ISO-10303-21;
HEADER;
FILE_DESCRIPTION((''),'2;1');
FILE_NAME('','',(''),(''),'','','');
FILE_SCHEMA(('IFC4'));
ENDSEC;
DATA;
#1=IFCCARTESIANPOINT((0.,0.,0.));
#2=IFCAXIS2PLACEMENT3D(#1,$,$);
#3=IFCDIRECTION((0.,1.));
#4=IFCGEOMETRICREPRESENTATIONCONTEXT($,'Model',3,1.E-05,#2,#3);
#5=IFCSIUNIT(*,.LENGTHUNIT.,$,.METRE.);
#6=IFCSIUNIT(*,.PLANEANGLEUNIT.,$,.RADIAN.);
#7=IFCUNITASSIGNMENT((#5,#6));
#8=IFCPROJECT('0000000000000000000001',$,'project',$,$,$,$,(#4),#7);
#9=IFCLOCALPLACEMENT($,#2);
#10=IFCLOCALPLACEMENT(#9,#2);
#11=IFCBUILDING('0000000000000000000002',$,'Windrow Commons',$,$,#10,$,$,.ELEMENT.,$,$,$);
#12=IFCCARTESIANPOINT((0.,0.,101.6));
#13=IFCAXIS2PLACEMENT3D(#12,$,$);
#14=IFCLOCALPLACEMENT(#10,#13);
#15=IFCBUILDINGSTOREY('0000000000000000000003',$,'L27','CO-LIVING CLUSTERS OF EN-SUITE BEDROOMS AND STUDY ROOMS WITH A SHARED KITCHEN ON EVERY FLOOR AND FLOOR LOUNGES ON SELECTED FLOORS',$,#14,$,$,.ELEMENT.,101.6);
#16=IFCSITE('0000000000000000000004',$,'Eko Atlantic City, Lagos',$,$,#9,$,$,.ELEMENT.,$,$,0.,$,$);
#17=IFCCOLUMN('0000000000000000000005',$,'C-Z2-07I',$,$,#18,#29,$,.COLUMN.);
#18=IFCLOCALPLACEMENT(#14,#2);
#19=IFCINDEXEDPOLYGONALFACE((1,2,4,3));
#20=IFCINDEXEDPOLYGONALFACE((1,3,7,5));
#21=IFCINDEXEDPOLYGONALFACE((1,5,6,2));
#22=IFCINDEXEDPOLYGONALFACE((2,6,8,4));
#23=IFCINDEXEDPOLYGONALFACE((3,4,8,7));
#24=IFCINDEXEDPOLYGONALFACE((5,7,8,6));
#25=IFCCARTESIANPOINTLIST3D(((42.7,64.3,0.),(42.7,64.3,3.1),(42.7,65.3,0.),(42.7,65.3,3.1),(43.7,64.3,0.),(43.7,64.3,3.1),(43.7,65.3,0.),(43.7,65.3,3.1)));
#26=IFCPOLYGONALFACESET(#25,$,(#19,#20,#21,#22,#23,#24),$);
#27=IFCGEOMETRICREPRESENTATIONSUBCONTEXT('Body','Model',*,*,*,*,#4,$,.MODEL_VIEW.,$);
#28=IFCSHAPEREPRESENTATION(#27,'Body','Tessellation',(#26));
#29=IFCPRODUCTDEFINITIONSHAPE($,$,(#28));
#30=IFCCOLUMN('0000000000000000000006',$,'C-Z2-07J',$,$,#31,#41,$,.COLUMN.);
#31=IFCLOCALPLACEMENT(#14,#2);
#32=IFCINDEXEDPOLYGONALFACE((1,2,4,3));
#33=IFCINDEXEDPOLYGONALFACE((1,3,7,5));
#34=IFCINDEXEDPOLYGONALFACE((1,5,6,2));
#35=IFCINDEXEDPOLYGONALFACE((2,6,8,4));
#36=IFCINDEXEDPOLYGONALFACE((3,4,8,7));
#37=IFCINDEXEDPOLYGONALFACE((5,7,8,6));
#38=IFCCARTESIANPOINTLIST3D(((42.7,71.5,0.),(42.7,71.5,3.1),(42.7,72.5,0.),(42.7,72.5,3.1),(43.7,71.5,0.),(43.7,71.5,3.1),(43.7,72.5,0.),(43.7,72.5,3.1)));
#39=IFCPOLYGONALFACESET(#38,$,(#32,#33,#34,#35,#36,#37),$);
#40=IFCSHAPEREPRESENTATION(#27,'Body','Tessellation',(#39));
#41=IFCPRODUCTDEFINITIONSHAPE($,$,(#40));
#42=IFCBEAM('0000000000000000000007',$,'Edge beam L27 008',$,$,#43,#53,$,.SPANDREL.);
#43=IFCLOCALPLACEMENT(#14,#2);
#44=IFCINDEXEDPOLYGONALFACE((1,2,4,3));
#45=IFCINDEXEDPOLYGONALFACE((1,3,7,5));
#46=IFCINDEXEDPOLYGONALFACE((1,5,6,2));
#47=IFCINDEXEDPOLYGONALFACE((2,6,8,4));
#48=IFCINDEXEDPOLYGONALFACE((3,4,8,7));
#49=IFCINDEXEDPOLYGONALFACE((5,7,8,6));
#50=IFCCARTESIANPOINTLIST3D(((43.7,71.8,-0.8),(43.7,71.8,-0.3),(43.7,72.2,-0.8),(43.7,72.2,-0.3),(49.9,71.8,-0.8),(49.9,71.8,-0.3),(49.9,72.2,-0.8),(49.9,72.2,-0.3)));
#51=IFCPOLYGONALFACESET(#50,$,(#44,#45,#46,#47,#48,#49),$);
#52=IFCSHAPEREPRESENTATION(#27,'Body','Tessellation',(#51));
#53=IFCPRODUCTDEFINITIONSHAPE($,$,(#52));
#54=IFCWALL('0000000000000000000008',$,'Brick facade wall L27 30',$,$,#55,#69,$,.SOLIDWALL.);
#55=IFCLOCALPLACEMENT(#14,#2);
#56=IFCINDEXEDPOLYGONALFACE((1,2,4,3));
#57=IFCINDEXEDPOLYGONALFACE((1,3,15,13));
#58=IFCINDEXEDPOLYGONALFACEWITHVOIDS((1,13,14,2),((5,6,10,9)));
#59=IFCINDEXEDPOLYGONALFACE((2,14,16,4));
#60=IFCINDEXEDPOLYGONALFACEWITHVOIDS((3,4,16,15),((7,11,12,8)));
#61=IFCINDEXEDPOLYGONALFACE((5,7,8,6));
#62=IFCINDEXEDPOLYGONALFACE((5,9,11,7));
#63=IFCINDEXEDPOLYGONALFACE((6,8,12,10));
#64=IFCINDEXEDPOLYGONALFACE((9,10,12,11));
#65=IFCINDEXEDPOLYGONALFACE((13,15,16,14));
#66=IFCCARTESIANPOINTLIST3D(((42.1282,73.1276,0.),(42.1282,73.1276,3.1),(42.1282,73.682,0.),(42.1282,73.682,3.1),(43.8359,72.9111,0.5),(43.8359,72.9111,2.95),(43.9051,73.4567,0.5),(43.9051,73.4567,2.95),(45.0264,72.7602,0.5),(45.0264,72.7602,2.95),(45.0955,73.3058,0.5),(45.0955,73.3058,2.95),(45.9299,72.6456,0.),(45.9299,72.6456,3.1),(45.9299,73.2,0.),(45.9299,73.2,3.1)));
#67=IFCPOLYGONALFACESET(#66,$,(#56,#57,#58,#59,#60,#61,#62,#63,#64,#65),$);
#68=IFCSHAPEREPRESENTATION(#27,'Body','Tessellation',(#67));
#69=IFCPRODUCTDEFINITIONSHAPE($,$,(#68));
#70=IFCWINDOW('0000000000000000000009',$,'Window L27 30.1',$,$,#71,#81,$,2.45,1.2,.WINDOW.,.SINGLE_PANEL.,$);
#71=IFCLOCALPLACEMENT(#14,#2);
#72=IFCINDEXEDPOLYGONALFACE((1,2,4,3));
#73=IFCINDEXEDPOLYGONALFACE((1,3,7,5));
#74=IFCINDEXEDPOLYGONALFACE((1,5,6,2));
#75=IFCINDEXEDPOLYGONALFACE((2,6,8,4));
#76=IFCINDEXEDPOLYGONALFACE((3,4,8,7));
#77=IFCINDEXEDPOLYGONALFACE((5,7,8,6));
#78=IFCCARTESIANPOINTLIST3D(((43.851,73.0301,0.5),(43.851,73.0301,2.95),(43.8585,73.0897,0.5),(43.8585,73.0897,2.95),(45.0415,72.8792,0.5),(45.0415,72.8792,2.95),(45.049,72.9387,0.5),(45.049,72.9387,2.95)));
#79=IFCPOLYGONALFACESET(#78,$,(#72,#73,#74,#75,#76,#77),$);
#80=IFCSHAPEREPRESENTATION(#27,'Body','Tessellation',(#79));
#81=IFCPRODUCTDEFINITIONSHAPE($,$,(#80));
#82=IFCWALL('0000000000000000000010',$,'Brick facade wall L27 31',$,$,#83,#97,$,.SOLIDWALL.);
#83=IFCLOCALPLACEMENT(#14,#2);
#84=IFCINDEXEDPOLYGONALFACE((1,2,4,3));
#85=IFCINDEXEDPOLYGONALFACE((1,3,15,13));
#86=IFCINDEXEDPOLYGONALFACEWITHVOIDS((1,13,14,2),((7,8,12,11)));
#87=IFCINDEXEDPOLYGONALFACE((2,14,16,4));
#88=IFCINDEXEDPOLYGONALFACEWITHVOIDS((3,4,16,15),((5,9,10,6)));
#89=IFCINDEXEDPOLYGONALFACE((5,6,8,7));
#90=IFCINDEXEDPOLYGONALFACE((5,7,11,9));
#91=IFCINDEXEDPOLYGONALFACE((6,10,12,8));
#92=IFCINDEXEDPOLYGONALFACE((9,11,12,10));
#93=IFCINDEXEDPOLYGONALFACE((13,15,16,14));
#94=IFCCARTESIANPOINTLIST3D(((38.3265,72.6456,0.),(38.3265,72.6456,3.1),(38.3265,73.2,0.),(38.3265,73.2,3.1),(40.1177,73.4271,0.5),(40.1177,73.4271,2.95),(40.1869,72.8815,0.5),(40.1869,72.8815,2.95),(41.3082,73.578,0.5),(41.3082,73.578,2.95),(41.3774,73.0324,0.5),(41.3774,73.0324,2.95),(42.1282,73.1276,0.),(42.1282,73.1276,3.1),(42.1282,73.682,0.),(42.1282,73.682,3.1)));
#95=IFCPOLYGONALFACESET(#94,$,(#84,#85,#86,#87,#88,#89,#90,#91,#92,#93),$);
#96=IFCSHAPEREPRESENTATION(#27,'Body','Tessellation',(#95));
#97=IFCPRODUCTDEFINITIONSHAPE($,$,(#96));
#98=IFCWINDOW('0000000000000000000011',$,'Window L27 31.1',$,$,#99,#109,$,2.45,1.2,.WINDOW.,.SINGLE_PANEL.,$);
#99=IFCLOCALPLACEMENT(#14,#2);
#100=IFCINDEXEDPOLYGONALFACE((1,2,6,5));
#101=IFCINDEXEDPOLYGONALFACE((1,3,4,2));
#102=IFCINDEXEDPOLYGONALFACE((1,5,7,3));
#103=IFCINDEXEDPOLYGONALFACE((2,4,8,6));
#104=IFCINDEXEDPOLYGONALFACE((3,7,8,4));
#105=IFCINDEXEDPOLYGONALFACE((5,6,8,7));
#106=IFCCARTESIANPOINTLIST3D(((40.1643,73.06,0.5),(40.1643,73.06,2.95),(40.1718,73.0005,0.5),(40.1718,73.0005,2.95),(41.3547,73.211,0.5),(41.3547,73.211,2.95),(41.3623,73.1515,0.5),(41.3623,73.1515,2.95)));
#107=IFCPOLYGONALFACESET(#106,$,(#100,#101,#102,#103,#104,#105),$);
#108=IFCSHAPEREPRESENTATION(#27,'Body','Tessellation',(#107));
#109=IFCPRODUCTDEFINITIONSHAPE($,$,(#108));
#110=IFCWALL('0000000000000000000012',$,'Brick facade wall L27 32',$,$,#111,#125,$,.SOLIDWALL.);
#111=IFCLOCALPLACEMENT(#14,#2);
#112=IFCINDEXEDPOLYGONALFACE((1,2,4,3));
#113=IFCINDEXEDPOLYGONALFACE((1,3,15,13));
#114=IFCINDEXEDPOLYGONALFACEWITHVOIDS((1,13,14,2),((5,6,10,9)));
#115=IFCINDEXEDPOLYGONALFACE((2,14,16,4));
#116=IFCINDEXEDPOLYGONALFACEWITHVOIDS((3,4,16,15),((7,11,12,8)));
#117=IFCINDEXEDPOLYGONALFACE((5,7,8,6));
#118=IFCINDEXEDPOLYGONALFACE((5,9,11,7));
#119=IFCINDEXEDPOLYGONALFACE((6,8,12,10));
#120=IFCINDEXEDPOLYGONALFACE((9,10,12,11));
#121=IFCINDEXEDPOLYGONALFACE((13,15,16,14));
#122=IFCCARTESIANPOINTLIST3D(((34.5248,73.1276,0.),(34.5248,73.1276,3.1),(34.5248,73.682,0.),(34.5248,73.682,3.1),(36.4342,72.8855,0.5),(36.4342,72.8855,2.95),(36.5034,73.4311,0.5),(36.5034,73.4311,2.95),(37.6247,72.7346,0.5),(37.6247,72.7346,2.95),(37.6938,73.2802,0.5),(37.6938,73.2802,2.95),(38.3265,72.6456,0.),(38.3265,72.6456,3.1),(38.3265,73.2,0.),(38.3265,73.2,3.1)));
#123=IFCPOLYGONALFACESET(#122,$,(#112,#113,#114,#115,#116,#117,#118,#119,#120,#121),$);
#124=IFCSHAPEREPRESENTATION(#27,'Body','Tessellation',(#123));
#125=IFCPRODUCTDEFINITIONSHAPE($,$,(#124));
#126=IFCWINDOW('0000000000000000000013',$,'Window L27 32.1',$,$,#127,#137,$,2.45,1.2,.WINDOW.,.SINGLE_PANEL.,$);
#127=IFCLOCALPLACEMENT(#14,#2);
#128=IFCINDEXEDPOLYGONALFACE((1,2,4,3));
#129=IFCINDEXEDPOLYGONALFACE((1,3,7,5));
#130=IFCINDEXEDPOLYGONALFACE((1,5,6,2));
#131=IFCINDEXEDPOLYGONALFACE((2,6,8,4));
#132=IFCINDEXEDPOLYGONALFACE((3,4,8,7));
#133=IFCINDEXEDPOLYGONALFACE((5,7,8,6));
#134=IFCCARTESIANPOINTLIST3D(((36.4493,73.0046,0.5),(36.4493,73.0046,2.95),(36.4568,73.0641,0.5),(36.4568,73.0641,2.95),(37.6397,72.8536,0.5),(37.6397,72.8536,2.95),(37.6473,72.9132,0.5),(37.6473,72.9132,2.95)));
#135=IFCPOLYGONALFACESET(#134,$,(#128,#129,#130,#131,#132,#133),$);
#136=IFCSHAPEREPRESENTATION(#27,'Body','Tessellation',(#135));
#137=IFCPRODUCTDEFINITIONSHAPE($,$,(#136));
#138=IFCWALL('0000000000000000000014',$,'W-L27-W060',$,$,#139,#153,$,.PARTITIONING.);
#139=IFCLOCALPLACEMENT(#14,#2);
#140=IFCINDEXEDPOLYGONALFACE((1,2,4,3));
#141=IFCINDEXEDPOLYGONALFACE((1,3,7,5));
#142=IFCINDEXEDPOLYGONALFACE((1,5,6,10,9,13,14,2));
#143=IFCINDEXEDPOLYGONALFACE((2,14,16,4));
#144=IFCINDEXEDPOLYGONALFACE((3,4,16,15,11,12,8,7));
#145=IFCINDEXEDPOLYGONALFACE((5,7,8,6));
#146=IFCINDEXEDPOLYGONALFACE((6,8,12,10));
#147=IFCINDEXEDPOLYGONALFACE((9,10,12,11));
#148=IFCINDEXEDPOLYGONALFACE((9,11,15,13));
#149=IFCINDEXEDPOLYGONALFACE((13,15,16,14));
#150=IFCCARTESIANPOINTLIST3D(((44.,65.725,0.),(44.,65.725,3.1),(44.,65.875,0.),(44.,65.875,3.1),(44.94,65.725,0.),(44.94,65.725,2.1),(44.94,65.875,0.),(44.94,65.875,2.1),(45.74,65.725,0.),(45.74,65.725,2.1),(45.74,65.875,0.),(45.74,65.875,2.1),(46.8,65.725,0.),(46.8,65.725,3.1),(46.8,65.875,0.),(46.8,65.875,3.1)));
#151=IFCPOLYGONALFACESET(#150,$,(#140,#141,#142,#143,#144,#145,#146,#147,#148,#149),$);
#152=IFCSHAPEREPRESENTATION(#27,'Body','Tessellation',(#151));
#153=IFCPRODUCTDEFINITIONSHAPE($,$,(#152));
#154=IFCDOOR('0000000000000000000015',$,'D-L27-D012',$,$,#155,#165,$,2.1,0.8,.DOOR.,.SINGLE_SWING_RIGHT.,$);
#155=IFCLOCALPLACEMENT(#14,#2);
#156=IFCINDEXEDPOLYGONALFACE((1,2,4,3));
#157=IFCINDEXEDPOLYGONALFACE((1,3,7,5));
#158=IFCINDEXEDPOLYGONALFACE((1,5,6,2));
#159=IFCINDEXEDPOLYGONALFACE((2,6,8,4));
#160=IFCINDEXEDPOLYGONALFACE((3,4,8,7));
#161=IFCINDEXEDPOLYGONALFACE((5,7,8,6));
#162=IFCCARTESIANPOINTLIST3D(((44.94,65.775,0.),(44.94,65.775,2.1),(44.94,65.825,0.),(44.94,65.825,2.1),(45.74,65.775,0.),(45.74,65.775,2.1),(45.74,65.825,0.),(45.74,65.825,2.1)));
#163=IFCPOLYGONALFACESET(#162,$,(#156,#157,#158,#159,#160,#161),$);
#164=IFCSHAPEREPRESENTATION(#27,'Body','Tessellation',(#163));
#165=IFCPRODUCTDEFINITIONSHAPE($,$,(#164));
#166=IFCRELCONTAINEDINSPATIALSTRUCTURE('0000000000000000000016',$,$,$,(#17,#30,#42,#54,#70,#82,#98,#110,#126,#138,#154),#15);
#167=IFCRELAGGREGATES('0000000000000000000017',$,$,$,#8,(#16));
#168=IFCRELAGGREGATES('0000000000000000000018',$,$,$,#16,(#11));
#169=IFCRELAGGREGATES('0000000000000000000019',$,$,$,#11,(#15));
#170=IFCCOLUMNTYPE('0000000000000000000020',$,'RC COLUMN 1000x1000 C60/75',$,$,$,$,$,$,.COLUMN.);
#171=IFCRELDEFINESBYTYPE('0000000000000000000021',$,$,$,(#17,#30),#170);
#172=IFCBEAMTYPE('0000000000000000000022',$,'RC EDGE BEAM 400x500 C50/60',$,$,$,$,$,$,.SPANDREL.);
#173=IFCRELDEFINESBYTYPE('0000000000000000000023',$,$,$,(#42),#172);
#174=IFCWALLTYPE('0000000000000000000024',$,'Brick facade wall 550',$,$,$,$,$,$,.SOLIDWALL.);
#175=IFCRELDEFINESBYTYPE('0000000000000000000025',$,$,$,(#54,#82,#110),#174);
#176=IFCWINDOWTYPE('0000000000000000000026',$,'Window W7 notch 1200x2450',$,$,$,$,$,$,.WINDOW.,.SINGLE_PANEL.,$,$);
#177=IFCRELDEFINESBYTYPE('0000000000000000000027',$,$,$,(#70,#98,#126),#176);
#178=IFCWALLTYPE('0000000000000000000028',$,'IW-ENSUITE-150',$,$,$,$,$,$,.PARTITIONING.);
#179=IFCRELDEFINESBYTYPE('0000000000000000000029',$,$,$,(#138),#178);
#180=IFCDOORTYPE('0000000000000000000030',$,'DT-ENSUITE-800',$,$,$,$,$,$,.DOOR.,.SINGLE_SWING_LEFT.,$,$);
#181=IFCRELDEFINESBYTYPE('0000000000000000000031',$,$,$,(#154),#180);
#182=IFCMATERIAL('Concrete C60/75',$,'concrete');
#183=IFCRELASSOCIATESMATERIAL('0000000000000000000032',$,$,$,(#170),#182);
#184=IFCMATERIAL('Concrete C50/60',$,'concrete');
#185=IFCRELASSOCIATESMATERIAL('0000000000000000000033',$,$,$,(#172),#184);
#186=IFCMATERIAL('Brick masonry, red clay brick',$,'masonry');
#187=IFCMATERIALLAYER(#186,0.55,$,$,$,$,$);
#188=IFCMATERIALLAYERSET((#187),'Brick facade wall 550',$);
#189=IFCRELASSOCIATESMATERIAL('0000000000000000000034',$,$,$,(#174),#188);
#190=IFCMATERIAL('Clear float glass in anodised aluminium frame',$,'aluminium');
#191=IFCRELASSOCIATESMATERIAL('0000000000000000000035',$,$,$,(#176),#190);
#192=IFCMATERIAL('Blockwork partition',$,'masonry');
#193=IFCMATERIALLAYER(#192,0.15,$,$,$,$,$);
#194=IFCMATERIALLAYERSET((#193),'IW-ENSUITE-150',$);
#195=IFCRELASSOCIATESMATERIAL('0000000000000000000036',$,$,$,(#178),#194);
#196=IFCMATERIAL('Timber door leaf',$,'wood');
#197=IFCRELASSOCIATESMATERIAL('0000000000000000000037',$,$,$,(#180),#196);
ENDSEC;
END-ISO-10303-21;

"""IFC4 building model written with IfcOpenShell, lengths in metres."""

from ifc_helpers import new_model, si_unit, direction, frame, frame_2d, origin, origin_2d, place, context, subcontext, project, spatial, polyline, rectangle, outline, extrude, material, layer, layer_set, material_profile, profile_set, type_object, element, fill, save


model = new_model("IFC4")

# Units and contexts
model_context = context("Model", 3, precision=1e-05, world=origin(), true_north=direction((0.0, 1.0)))
body_context = subcontext(model_context, "Body", "Model", "MODEL_VIEW")
ifc_project = project(units=[si_unit("LENGTHUNIT", "METRE"), si_unit("PLANEANGLEUNIT", "RADIAN")], contexts=[model_context])

# Site, building, storey
site_placement = place(None, origin())
site = spatial("IfcSite", under=ifc_project, at=site_placement, Name="Eko Atlantic City, Lagos", CompositionType="ELEMENT", RefElevation=0.0)
building_placement = place(site_placement, origin())
building = spatial("IfcBuilding", under=site, at=building_placement, Name="Windrow Commons", CompositionType="ELEMENT")
storey_placement = place(building_placement, frame((0.0, 0.0, 101.6)))
storey = spatial("IfcBuildingStorey", under=building, at=storey_placement, Name="L27", Description="CO-LIVING CLUSTERS OF EN-SUITE BEDROOMS AND STUDY ROOMS WITH A SHARED KITCHEN ON EVERY FLOOR AND FLOOR LOUNGES ON SELECTED FLOORS", CompositionType="ELEMENT", Elevation=101.6)

# Columns
ifc_material_1 = material(Name="Concrete C60/75", Category="concrete")
ifc_material_profile_1 = material_profile(ifc_material_1, rectangle(XDim=1.0, YDim=1.0, at=origin_2d()))
ifc_profile_set_1 = profile_set([ifc_material_profile_1], Name="Concrete C60/75")
column_type = type_object("IfcColumnType", Name="RC COLUMN 1000x1000 C60/75", PredefinedType="COLUMN", material=ifc_profile_set_1)
for number, where, z_axis, x_axis, name in (
    (1, (43.2, 64.8, 0.0), (0.0, 0.0, 1.0), (1.0, 0.0, 0.0), "C-Z2-07I"),
    (2, (43.2, 72.0, 0.0), (0.0, 0.0, 1.0), (1.0, 0.0, 0.0), "C-Z2-07J"),
):
    element("IfcColumn", number, at=place(storey_placement, frame(where, z_axis=z_axis, x_axis=x_axis)), inside=storey, type_object=column_type, Name=name, PredefinedType="COLUMN", context=body_context, shape_type="SweptSolid", body=[
        extrude(rectangle(XDim=1.0, YDim=1.0, at=origin_2d()), origin(), (0.0, 0.0, 1.0), 3.1),
    ])

# Beam
ifc_material_2 = material(Name="Concrete C50/60", Category="concrete")
ifc_material_profile_2 = material_profile(ifc_material_2, rectangle(XDim=0.4, YDim=0.5, at=origin_2d()))
ifc_profile_set_2 = profile_set([ifc_material_profile_2], Name="Concrete C50/60")
beam_type = type_object("IfcBeamType", Name="RC EDGE BEAM 400x500 C50/60", PredefinedType="SPANDREL", material=ifc_profile_set_2)
beam_placement = place(storey_placement, frame((43.7, 72.0, -0.55), z_axis=(1.0, 0.0, 0.0), x_axis=(0.0, 1.0, 0.0)))
element("IfcBeam", 3, at=beam_placement, inside=storey, type_object=beam_type, Name="Edge beam L27 008", PredefinedType="SPANDREL", context=body_context, shape_type="SweptSolid", body=[
    extrude(rectangle(XDim=0.4, YDim=0.5, at=origin_2d()), origin(), (0.0, 0.0, 1.0), 6.2),
])

# Walls, openings, windows
ifc_material_3 = material(Name="Brick masonry, red clay brick", Category="masonry")
ifc_layer_1 = layer(ifc_material_3, 0.55)
ifc_layer_set_1 = layer_set([ifc_layer_1], Name="Brick facade wall 550")
wall_type_1 = type_object("IfcWallType", Name="Brick facade wall 550", PredefinedType="SOLIDWALL", material=ifc_layer_set_1)
wall_1_placement = place(storey_placement, frame((45.9299, 72.9228, 0.0), z_axis=(0.0, 0.0, 1.0), x_axis=(-0.992058, 0.125779, 0.0)))
wall_1 = element("IfcWall", 4, at=wall_1_placement, inside=storey, type_object=wall_type_1, Name="Brick facade wall L27 30", PredefinedType="SOLIDWALL", context=body_context, shape_type="SweptSolid", body=[
    extrude(outline(polyline([(0.0349, -0.275), (3.867, -0.275), (3.7973, 0.275), (-0.0349, 0.275), (0.0349, -0.275)])), origin(), (0.0, 0.0, 1.0), 3.1),
])
opening_1_placement = place(wall_1_placement, frame((0.8759, 0.0, 0.5)))
opening_1 = element("IfcOpeningElement", 5, at=opening_1_placement, cuts=wall_1, PredefinedType="OPENING", context=body_context, shape_type="SweptSolid", body=[
    extrude(rectangle(XDim=1.2, YDim=2.45, at=frame_2d((0.6, 1.225))), frame((0.0, 0.285, 0.0), z_axis=(0.0, -1.0, 0.0), x_axis=(1.0, 0.0, 0.0)), (0.0, 0.0, 1.0), 0.57),
])
ifc_material_4 = material(Name="Clear float glass in anodised aluminium frame", Category="aluminium")
window_type = type_object("IfcWindowType", Name="Window W7 notch 1200x2450", PartitioningType="SINGLE_PANEL", PredefinedType="WINDOW", material=ifc_material_4)
window_1_placement = place(opening_1_placement, origin())
window_1 = element("IfcWindow", 6, at=window_1_placement, inside=storey, type_object=window_type, Name="Window L27 30.1", OverallHeight=2.45, OverallWidth=1.2, PartitioningType="SINGLE_PANEL", PredefinedType="WINDOW", context=body_context, shape_type="SweptSolid", body=[
    extrude(rectangle(XDim=1.2, YDim=2.45, at=frame_2d((0.6, 1.225))), frame((0.0, 0.155, 0.0), z_axis=(0.0, -1.0, 0.0), x_axis=(1.0, 0.0, 0.0)), (0.0, 0.0, 1.0), 0.06),
])
fill(opening_1, window_1)
wall_2_placement = place(storey_placement, frame((42.1282, 73.4048, 0.0), z_axis=(0.0, 0.0, 1.0), x_axis=(-0.992058, -0.125779, 0.0)))
wall_2 = element("IfcWall", 7, at=wall_2_placement, inside=storey, type_object=wall_type_1, Name="Brick facade wall L27 31", PredefinedType="SOLIDWALL", context=body_context, shape_type="SweptSolid", body=[
    extrude(outline(polyline([(-0.0349, -0.275), (3.7973, -0.275), (3.867, 0.275), (0.0349, 0.275), (-0.0349, -0.275)])), origin(), (0.0, 0.0, 1.0), 3.1),
])
opening_2_placement = place(wall_2_placement, frame((0.7917, 0.0, 0.5)))
opening_2 = element("IfcOpeningElement", 8, at=opening_2_placement, cuts=wall_2, PredefinedType="OPENING", context=body_context, shape_type="SweptSolid", body=[
    extrude(rectangle(XDim=1.2, YDim=2.45, at=frame_2d((0.6, 1.225))), frame((0.0, 0.285, 0.0), z_axis=(0.0, -1.0, 0.0), x_axis=(1.0, 0.0, 0.0)), (0.0, 0.0, 1.0), 0.57),
])
window_2_placement = place(opening_2_placement, origin())
window_2 = element("IfcWindow", 9, at=window_2_placement, inside=storey, type_object=window_type, Name="Window L27 31.1", OverallHeight=2.45, OverallWidth=1.2, PartitioningType="SINGLE_PANEL", PredefinedType="WINDOW", context=body_context, shape_type="SweptSolid", body=[
    extrude(rectangle(XDim=1.2, YDim=2.45, at=frame_2d((0.6, 1.225))), frame((0.0, 0.155, 0.0), z_axis=(0.0, -1.0, 0.0), x_axis=(1.0, 0.0, 0.0)), (0.0, 0.0, 1.0), 0.06),
])
fill(opening_2, window_2)
wall_3_placement = place(storey_placement, frame((38.3265, 72.9228, 0.0), z_axis=(0.0, 0.0, 1.0), x_axis=(-0.992058, 0.125779, 0.0)))
wall_3 = element("IfcWall", 10, at=wall_3_placement, inside=storey, type_object=wall_type_1, Name="Brick facade wall L27 32", PredefinedType="SOLIDWALL", context=body_context, shape_type="SweptSolid", body=[
    extrude(outline(polyline([(0.0349, -0.275), (3.867, -0.275), (3.7973, 0.275), (-0.0349, 0.275), (0.0349, -0.275)])), origin(), (0.0, 0.0, 1.0), 3.1),
])
opening_3_placement = place(wall_3_placement, frame((0.6726, 0.0, 0.5)))
opening_3 = element("IfcOpeningElement", 11, at=opening_3_placement, cuts=wall_3, PredefinedType="OPENING", context=body_context, shape_type="SweptSolid", body=[
    extrude(rectangle(XDim=1.2, YDim=2.45, at=frame_2d((0.6, 1.225))), frame((0.0, 0.285, 0.0), z_axis=(0.0, -1.0, 0.0), x_axis=(1.0, 0.0, 0.0)), (0.0, 0.0, 1.0), 0.57),
])
window_3_placement = place(opening_3_placement, origin())
window_3 = element("IfcWindow", 12, at=window_3_placement, inside=storey, type_object=window_type, Name="Window L27 32.1", OverallHeight=2.45, OverallWidth=1.2, PartitioningType="SINGLE_PANEL", PredefinedType="WINDOW", context=body_context, shape_type="SweptSolid", body=[
    extrude(rectangle(XDim=1.2, YDim=2.45, at=frame_2d((0.6, 1.225))), frame((0.0, 0.155, 0.0), z_axis=(0.0, -1.0, 0.0), x_axis=(1.0, 0.0, 0.0)), (0.0, 0.0, 1.0), 0.06),
])
fill(opening_3, window_3)

# Wall, opening, door
ifc_material_5 = material(Name="Blockwork partition", Category="masonry")
ifc_layer_2 = layer(ifc_material_5, 0.15)
ifc_layer_set_2 = layer_set([ifc_layer_2], Name="IW-ENSUITE-150")
wall_type_2 = type_object("IfcWallType", Name="IW-ENSUITE-150", PredefinedType="PARTITIONING", material=ifc_layer_set_2)
wall_4_placement = place(storey_placement, frame((44.0, 65.8, 0.0), z_axis=(0.0, 0.0, 1.0), x_axis=(1.0, 0.0, 0.0)))
wall_4 = element("IfcWall", 13, at=wall_4_placement, inside=storey, type_object=wall_type_2, Name="W-L27-W060", PredefinedType="PARTITIONING", context=body_context, shape_type="SweptSolid", body=[
    extrude(rectangle(XDim=2.8, YDim=0.15, at=frame_2d((1.4, 0.0))), origin(), (0.0, 0.0, 1.0), 3.1),
])
opening_4_placement = place(wall_4_placement, frame((0.94, 0.0, 0.0)))
opening_4 = element("IfcOpeningElement", 14, at=opening_4_placement, cuts=wall_4, PredefinedType="OPENING", context=body_context, shape_type="SweptSolid", body=[
    extrude(rectangle(XDim=0.8, YDim=2.1, at=frame_2d((0.4, 1.05))), frame((0.0, 0.085, 0.0), z_axis=(0.0, -1.0, 0.0), x_axis=(1.0, 0.0, 0.0)), (0.0, 0.0, 1.0), 0.17),
])
ifc_material_6 = material(Name="Timber door leaf", Category="wood")
door_type = type_object("IfcDoorType", Name="DT-ENSUITE-800", OperationType="SINGLE_SWING_LEFT", PredefinedType="DOOR", material=ifc_material_6)
door_placement = place(opening_4_placement, origin())
door = element("IfcDoor", 15, at=door_placement, inside=storey, type_object=door_type, Name="D-L27-D012", OperationType="SINGLE_SWING_RIGHT", OverallHeight=2.1, OverallWidth=0.8, PredefinedType="DOOR", context=body_context, shape_type="SweptSolid", body=[
    extrude(rectangle(XDim=0.8, YDim=2.1, at=frame_2d((0.4, 1.05))), frame((0.0, 0.025, 0.0), z_axis=(0.0, -1.0, 0.0), x_axis=(1.0, 0.0, 0.0)), (0.0, 0.0, 1.0), 0.05),
])
fill(opening_4, door)

save(model, "model.ifc")
